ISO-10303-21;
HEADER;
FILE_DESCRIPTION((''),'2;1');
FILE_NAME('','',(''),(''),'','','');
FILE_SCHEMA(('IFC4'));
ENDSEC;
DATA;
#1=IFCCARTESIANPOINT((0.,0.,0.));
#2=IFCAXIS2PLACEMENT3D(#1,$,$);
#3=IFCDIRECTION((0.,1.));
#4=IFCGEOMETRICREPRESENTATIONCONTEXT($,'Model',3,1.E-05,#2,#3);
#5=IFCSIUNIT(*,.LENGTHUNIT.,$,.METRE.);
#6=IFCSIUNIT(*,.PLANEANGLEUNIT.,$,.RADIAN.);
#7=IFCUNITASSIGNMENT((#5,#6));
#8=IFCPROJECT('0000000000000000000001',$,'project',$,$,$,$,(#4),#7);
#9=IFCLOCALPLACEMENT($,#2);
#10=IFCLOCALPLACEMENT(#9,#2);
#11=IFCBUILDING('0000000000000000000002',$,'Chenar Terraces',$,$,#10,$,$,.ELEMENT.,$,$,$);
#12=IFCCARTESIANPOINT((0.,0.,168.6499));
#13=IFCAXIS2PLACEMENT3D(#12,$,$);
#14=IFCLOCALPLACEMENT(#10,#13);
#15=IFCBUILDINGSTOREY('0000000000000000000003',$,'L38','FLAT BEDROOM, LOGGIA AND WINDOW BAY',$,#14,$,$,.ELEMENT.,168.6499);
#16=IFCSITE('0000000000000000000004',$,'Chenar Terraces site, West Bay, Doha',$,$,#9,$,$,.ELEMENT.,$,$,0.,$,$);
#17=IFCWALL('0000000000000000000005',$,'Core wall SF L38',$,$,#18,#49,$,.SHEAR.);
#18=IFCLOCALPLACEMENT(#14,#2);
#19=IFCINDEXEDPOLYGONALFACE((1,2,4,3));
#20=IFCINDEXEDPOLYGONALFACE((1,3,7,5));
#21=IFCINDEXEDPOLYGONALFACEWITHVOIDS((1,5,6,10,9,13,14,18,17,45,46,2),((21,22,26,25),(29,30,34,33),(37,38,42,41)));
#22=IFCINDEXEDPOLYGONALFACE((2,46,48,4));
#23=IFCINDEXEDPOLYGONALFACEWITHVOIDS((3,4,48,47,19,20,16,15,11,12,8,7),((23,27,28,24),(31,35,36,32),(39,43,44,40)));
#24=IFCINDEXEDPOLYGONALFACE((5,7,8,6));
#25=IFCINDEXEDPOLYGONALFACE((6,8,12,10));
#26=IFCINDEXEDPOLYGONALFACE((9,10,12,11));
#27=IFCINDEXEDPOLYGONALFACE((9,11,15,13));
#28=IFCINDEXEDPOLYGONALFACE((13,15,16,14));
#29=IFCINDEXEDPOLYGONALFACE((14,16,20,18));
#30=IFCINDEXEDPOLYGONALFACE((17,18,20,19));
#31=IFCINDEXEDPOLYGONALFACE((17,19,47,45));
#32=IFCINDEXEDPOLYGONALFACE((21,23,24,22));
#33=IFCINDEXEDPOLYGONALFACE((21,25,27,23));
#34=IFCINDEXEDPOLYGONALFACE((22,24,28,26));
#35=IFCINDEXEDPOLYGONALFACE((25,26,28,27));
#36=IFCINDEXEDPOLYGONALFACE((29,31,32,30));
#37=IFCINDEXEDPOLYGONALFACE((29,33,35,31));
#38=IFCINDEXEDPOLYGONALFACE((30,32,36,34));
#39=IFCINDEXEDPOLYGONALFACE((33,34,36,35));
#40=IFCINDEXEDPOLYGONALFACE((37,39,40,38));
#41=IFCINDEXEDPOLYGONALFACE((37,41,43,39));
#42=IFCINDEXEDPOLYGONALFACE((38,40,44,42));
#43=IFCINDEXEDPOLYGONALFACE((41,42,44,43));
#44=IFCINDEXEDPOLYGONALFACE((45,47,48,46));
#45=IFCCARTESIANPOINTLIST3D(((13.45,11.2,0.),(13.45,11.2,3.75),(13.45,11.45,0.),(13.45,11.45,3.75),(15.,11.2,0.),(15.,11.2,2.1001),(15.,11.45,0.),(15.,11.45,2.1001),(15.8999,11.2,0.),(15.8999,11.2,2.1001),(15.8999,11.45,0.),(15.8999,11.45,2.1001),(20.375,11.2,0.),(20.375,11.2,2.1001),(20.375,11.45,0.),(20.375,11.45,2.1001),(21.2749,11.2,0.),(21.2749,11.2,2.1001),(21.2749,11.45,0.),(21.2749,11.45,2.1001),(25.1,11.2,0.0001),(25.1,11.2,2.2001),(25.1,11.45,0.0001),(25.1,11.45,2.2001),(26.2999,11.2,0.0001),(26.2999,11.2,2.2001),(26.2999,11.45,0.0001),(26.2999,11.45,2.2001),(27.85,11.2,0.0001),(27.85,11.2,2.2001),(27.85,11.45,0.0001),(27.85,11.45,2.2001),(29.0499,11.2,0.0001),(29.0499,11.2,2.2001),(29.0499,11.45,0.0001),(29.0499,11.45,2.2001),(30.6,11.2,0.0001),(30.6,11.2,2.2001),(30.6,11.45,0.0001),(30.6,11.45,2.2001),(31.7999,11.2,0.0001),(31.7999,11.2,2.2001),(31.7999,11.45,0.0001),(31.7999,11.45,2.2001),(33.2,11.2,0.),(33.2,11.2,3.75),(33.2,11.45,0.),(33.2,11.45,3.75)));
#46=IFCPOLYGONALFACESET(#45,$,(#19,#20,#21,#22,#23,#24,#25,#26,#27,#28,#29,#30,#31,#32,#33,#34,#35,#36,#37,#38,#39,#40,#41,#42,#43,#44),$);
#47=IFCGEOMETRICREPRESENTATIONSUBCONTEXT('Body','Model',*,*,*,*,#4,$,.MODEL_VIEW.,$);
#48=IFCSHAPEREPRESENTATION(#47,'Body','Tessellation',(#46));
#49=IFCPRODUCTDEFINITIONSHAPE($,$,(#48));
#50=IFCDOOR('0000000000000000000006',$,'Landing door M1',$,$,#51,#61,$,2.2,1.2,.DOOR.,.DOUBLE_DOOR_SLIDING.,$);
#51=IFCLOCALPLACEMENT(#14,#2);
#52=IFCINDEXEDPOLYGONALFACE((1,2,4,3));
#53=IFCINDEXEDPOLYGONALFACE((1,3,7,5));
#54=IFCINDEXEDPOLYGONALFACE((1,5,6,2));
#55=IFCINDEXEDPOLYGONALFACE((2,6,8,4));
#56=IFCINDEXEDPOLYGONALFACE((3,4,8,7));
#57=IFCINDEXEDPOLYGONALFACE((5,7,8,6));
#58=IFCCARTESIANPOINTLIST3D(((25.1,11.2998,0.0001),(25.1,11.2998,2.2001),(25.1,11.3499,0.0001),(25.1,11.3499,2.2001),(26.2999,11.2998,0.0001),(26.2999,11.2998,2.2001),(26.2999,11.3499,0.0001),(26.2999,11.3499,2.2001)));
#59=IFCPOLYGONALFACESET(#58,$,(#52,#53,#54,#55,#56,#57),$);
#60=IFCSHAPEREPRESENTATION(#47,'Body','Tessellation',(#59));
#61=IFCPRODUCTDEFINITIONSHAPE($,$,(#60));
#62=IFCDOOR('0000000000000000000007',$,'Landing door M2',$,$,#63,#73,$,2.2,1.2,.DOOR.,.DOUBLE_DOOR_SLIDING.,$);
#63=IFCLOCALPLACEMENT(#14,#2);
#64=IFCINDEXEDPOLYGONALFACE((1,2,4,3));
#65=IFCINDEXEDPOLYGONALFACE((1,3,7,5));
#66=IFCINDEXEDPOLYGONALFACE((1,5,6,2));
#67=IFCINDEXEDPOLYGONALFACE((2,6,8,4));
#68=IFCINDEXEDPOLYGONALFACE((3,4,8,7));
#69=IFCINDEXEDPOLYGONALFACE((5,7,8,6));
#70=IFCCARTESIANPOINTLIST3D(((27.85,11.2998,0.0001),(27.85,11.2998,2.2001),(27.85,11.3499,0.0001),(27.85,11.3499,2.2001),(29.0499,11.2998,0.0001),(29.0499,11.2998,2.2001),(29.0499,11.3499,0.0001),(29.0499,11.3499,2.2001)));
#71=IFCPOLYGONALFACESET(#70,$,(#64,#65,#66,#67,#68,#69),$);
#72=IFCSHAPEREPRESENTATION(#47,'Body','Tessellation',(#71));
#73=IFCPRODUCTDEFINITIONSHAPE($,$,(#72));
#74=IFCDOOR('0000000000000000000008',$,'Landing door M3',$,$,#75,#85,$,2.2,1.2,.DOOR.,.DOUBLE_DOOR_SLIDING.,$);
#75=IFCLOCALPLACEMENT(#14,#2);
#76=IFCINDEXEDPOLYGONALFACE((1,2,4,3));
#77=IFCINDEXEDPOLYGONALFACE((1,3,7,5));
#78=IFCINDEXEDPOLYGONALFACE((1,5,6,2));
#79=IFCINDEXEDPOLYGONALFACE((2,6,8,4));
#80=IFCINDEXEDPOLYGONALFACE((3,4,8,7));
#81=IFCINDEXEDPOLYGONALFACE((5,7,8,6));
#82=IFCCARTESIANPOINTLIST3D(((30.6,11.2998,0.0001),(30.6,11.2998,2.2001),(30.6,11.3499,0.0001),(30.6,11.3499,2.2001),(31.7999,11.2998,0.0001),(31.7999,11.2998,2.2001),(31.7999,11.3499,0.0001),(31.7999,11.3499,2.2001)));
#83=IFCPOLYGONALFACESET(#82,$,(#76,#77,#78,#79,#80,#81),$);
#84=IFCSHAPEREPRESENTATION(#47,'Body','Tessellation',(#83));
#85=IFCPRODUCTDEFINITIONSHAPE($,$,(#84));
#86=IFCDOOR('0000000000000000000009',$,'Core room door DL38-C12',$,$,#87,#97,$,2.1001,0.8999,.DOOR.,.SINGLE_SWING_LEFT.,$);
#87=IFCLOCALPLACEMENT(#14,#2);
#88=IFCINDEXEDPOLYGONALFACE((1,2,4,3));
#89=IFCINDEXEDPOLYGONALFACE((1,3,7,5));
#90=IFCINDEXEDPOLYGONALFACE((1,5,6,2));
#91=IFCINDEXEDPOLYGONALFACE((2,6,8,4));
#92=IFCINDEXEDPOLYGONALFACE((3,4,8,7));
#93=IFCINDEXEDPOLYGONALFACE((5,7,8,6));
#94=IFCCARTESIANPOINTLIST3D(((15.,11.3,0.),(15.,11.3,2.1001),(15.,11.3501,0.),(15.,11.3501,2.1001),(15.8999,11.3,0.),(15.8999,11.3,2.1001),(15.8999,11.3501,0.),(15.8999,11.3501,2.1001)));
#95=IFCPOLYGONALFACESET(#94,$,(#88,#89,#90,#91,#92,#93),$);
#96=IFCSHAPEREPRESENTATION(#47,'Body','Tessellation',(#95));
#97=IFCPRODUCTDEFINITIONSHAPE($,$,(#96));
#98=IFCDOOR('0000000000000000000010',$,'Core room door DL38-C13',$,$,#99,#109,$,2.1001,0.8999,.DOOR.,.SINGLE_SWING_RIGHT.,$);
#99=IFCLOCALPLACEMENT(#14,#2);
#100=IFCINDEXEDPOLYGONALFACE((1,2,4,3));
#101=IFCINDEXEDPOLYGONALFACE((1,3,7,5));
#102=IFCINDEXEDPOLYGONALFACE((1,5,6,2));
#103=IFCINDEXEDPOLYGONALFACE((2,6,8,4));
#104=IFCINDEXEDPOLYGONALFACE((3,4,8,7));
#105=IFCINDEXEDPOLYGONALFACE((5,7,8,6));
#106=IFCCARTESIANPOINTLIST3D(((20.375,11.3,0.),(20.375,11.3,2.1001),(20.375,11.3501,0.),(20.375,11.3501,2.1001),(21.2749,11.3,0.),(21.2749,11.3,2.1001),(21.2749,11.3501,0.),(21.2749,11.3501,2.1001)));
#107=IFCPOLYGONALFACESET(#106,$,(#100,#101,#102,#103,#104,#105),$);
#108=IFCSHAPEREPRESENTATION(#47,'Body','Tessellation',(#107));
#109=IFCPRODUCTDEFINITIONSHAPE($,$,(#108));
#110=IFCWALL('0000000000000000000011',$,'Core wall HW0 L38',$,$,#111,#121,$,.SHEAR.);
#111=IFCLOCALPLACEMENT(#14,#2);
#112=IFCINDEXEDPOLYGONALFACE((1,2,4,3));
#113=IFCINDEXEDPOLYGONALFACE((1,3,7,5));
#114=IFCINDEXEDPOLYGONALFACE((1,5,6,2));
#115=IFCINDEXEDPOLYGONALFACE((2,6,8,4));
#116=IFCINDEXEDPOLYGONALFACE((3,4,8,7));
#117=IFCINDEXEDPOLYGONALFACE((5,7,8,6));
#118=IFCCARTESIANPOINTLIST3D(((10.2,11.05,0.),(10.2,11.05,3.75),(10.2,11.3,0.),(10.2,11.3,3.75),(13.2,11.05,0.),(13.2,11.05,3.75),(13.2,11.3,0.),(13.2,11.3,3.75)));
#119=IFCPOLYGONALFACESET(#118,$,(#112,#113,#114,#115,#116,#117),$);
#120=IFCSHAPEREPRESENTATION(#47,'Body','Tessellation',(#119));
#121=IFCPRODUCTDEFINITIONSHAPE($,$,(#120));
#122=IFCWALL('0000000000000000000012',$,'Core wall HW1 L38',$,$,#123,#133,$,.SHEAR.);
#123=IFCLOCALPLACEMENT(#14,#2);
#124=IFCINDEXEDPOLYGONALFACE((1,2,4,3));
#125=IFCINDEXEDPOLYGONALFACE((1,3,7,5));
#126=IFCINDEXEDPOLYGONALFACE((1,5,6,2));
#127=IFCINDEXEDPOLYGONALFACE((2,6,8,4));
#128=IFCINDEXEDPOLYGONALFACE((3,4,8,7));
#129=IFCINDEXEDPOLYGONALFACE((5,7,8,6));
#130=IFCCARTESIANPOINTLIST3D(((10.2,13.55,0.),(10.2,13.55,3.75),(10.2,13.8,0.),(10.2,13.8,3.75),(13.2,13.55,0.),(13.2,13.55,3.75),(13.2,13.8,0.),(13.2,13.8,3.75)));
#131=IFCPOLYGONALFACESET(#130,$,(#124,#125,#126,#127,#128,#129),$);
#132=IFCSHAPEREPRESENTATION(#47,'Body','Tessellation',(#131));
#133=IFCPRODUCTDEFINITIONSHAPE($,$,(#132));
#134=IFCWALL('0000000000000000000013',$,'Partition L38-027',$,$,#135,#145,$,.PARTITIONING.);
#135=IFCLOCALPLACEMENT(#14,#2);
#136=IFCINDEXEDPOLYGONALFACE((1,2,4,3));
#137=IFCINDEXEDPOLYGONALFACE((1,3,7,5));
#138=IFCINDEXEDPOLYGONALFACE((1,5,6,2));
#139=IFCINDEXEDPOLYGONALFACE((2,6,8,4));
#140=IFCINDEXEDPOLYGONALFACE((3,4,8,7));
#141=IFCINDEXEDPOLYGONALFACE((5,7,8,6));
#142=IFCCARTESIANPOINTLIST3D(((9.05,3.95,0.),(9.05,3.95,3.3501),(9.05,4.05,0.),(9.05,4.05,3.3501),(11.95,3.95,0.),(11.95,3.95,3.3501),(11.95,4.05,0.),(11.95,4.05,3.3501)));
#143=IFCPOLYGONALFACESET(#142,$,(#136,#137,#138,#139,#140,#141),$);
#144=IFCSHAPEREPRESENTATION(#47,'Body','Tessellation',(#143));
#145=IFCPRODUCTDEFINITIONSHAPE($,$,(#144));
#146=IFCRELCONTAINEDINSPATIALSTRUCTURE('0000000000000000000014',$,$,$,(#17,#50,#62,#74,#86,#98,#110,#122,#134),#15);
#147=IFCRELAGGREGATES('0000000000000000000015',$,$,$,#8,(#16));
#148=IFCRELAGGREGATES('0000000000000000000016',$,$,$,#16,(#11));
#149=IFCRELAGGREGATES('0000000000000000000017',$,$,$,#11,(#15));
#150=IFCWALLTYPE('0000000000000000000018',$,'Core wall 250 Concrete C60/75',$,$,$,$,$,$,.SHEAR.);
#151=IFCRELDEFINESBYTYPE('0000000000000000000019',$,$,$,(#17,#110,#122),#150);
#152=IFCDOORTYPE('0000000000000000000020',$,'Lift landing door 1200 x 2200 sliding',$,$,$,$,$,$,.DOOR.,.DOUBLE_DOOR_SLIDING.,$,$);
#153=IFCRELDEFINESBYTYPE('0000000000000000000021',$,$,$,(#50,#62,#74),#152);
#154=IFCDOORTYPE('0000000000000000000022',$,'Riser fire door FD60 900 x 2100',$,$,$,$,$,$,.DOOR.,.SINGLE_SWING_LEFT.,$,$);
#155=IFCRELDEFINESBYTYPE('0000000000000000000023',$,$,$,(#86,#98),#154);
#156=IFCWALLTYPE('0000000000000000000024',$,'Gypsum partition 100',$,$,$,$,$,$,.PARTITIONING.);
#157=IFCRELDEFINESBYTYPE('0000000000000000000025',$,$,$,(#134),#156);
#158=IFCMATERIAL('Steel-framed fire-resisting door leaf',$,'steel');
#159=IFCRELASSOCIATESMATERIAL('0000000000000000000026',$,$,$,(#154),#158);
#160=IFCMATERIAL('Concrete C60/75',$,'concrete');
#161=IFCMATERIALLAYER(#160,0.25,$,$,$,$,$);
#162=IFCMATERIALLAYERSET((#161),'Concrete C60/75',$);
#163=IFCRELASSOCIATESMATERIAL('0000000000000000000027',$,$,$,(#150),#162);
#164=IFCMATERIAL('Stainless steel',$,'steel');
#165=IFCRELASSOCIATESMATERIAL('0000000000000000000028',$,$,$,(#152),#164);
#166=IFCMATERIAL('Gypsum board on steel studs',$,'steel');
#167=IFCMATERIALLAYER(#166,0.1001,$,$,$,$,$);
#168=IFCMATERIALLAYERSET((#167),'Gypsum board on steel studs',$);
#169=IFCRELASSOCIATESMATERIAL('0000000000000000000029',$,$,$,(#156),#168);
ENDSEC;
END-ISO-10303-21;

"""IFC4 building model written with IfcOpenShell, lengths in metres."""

from ifc_helpers import new_model, si_unit, direction, frame, frame_2d, origin, place, context, subcontext, project, spatial, rectangle, extrude, material, layer, layer_set, type_object, element, fill, save


model = new_model("IFC4")

# Units and contexts
model_context = context("Model", 3, precision=1e-05, world=origin(), true_north=direction((0.0, 1.0)))
body_context = subcontext(model_context, "Body", "Model", "MODEL_VIEW")
ifc_project = project(units=[si_unit("LENGTHUNIT", "METRE"), si_unit("PLANEANGLEUNIT", "RADIAN")], contexts=[model_context])

# Site, building, storey
site_placement = place(None, origin())
site = spatial("IfcSite", under=ifc_project, at=site_placement, Name="Chenar Terraces site, West Bay, Doha", CompositionType="ELEMENT", RefElevation=0.0)
building_placement = place(site_placement, origin())
building = spatial("IfcBuilding", under=site, at=building_placement, Name="Chenar Terraces", CompositionType="ELEMENT")
storey_placement = place(building_placement, frame((0.0, 0.0, 168.6499)))
storey = spatial("IfcBuildingStorey", under=building, at=storey_placement, Name="L38", Description="FLAT BEDROOM, LOGGIA AND WINDOW BAY", CompositionType="ELEMENT", Elevation=168.6499)

# Shared definitions
ifc_material_1 = material(Name="Steel-framed fire-resisting door leaf", Category="steel")
door_type_1 = type_object("IfcDoorType", Name="Riser fire door FD60 900 x 2100", OperationType="SINGLE_SWING_LEFT", PredefinedType="DOOR", material=ifc_material_1)

# Shared definitions
ifc_material_2 = material(Name="Concrete C60/75", Category="concrete")
ifc_layer_1 = layer(ifc_material_2, 0.25)
ifc_layer_set_1 = layer_set([ifc_layer_1], Name="Concrete C60/75")
wall_type_1 = type_object("IfcWallType", Name="Core wall 250 Concrete C60/75", PredefinedType="SHEAR", material=ifc_layer_set_1)

# Wall, openings, doors
wall_1_placement = place(storey_placement, frame((13.45, 11.325, 0.0), z_axis=(0.0, 0.0, 1.0), x_axis=(1.0, 0.0, 0.0)))
wall_1 = element("IfcWall", 1, at=wall_1_placement, inside=storey, type_object=wall_type_1, Name="Core wall SF L38", PredefinedType="SHEAR", context=body_context, shape_type="SweptSolid", body=[
    extrude(rectangle(XDim=19.75, YDim=0.25, at=frame_2d((9.875, 0.0))), origin(), (0.0, 0.0, 1.0), 3.75),
])
opening_1_placement = place(wall_1_placement, frame((11.6499, 0.0, 0.0)))
opening_1 = element("IfcOpeningElement", 2, at=opening_1_placement, cuts=wall_1, PredefinedType="OPENING", context=body_context, shape_type="SweptSolid", body=[
    extrude(rectangle(XDim=1.2, YDim=2.2, at=frame_2d((0.6001, 1.1001))), frame((0.0, 0.135, 0.0), z_axis=(0.0, -1.0, 0.0), x_axis=(1.0, 0.0, 0.0)), (0.0, 0.0, 1.0), 0.27),
])
opening_2_placement = place(wall_1_placement, frame((14.3999, 0.0, 0.0)))
opening_2 = element("IfcOpeningElement", 3, at=opening_2_placement, cuts=wall_1, PredefinedType="OPENING", context=body_context, shape_type="SweptSolid", body=[
    extrude(rectangle(XDim=1.2, YDim=2.2, at=frame_2d((0.6001, 1.1001))), frame((0.0, 0.135, 0.0), z_axis=(0.0, -1.0, 0.0), x_axis=(1.0, 0.0, 0.0)), (0.0, 0.0, 1.0), 0.27),
])
opening_3_placement = place(wall_1_placement, frame((17.1499, 0.0, 0.0)))
opening_3 = element("IfcOpeningElement", 4, at=opening_3_placement, cuts=wall_1, PredefinedType="OPENING", context=body_context, shape_type="SweptSolid", body=[
    extrude(rectangle(XDim=1.2, YDim=2.2, at=frame_2d((0.6001, 1.1001))), frame((0.0, 0.135, 0.0), z_axis=(0.0, -1.0, 0.0), x_axis=(1.0, 0.0, 0.0)), (0.0, 0.0, 1.0), 0.27),
])
opening_4_placement = place(wall_1_placement, frame((1.55, 0.0, 0.0)))
opening_4 = element("IfcOpeningElement", 5, at=opening_4_placement, cuts=wall_1, PredefinedType="OPENING", context=body_context, shape_type="SweptSolid", body=[
    extrude(rectangle(XDim=0.8999, YDim=2.1001, at=frame_2d((0.45, 1.05))), frame((0.0, 0.135, 0.0), z_axis=(0.0, -1.0, 0.0), x_axis=(1.0, 0.0, 0.0)), (0.0, 0.0, 1.0), 0.27),
])
opening_5_placement = place(wall_1_placement, frame((6.925, 0.0, 0.0)))
opening_5 = element("IfcOpeningElement", 6, at=opening_5_placement, cuts=wall_1, PredefinedType="OPENING", context=body_context, shape_type="SweptSolid", body=[
    extrude(rectangle(XDim=0.8999, YDim=2.1001, at=frame_2d((0.45, 1.05))), frame((0.0, 0.135, 0.0), z_axis=(0.0, -1.0, 0.0), x_axis=(1.0, 0.0, 0.0)), (0.0, 0.0, 1.0), 0.27),
])
ifc_material_3 = material(Name="Stainless steel", Category="steel")
door_type_2 = type_object("IfcDoorType", Name="Lift landing door 1200 x 2200 sliding", OperationType="DOUBLE_DOOR_SLIDING", PredefinedType="DOOR", material=ifc_material_3)
door_1_placement = place(opening_1_placement, origin())
door_1 = element("IfcDoor", 7, at=door_1_placement, inside=storey, type_object=door_type_2, Name="Landing door M1", OperationType="DOUBLE_DOOR_SLIDING", OverallHeight=2.2, OverallWidth=1.2, PredefinedType="DOOR", context=body_context, shape_type="SweptSolid", body=[
    extrude(rectangle(XDim=1.2, YDim=2.2, at=frame_2d((0.6001, 1.1001))), frame((0.0, 0.0249, 0.0), z_axis=(0.0, -1.0, 0.0), x_axis=(1.0, 0.0, 0.0)), (0.0, 0.0, 1.0), 0.05),
])
fill(opening_1, door_1)
door_2_placement = place(opening_2_placement, origin())
door_2 = element("IfcDoor", 8, at=door_2_placement, inside=storey, type_object=door_type_2, Name="Landing door M2", OperationType="DOUBLE_DOOR_SLIDING", OverallHeight=2.2, OverallWidth=1.2, PredefinedType="DOOR", context=body_context, shape_type="SweptSolid", body=[
    extrude(rectangle(XDim=1.2, YDim=2.2, at=frame_2d((0.6001, 1.1001))), frame((0.0, 0.0249, 0.0), z_axis=(0.0, -1.0, 0.0), x_axis=(1.0, 0.0, 0.0)), (0.0, 0.0, 1.0), 0.05),
])
fill(opening_2, door_2)
door_3_placement = place(opening_3_placement, origin())
door_3 = element("IfcDoor", 9, at=door_3_placement, inside=storey, type_object=door_type_2, Name="Landing door M3", OperationType="DOUBLE_DOOR_SLIDING", OverallHeight=2.2, OverallWidth=1.2, PredefinedType="DOOR", context=body_context, shape_type="SweptSolid", body=[
    extrude(rectangle(XDim=1.2, YDim=2.2, at=frame_2d((0.6001, 1.1001))), frame((0.0, 0.0249, 0.0), z_axis=(0.0, -1.0, 0.0), x_axis=(1.0, 0.0, 0.0)), (0.0, 0.0, 1.0), 0.05),
])
fill(opening_3, door_3)
door_4_placement = place(opening_4_placement, frame((0.8999, 0.0, 0.0), z_axis=(0.0, 0.0, 1.0), x_axis=(-1.0, 0.0, 0.0)))
door_4 = element("IfcDoor", 10, at=door_4_placement, inside=storey, type_object=door_type_1, Name="Core room door DL38-C12", OperationType="SINGLE_SWING_LEFT", OverallHeight=2.1001, OverallWidth=0.8999, PredefinedType="DOOR", context=body_context, shape_type="SweptSolid", body=[
    extrude(rectangle(XDim=0.8999, YDim=2.1001, at=frame_2d((0.45, 1.05))), frame((0.0, 0.0249, 0.0), z_axis=(0.0, -1.0, 0.0), x_axis=(1.0, 0.0, 0.0)), (0.0, 0.0, 1.0), 0.05),
])
fill(opening_4, door_4)
door_5_placement = place(opening_5_placement, frame((0.8999, 0.0, 0.0), z_axis=(0.0, 0.0, 1.0), x_axis=(-1.0, 0.0, 0.0)))
door_5 = element("IfcDoor", 11, at=door_5_placement, inside=storey, type_object=door_type_1, Name="Core room door DL38-C13", OperationType="SINGLE_SWING_RIGHT", OverallHeight=2.1001, OverallWidth=0.8999, PredefinedType="DOOR", context=body_context, shape_type="SweptSolid", body=[
    extrude(rectangle(XDim=0.8999, YDim=2.1001, at=frame_2d((0.45, 1.05))), frame((0.0, 0.0249, 0.0), z_axis=(0.0, -1.0, 0.0), x_axis=(1.0, 0.0, 0.0)), (0.0, 0.0, 1.0), 0.05),
])
fill(opening_5, door_5)

# Walls
for number, where, z_axis, x_axis, name in (
    (12, (10.2, 11.175, 0.0), (0.0, 0.0, 1.0), (1.0, 0.0, 0.0), "Core wall HW0 L38"),
    (13, (10.2, 13.675, 0.0), (0.0, 0.0, 1.0), (1.0, 0.0, 0.0), "Core wall HW1 L38"),
):
    element("IfcWall", number, at=place(storey_placement, frame(where, z_axis=z_axis, x_axis=x_axis)), inside=storey, type_object=wall_type_1, Name=name, PredefinedType="SHEAR", context=body_context, shape_type="SweptSolid", body=[
        extrude(rectangle(XDim=3.0, YDim=0.25, at=frame_2d((1.5, 0.0))), origin(), (0.0, 0.0, 1.0), 3.75),
    ])
ifc_material_4 = material(Name="Gypsum board on steel studs", Category="steel")
ifc_layer_2 = layer(ifc_material_4, 0.1001)
ifc_layer_set_2 = layer_set([ifc_layer_2], Name="Gypsum board on steel studs")
wall_type_2 = type_object("IfcWallType", Name="Gypsum partition 100", PredefinedType="PARTITIONING", material=ifc_layer_set_2)
wall_2_placement = place(storey_placement, frame((9.05, 4.0, 0.0), z_axis=(0.0, 0.0, 1.0), x_axis=(1.0, 0.0, 0.0)))
element("IfcWall", 14, at=wall_2_placement, inside=storey, type_object=wall_type_2, Name="Partition L38-027", PredefinedType="PARTITIONING", context=body_context, shape_type="SweptSolid", body=[
    extrude(rectangle(XDim=2.8999, YDim=0.1001, at=frame_2d((1.45, 0.0))), origin(), (0.0, 0.0, 1.0), 3.3501),
])

save(model, "model.ifc")
